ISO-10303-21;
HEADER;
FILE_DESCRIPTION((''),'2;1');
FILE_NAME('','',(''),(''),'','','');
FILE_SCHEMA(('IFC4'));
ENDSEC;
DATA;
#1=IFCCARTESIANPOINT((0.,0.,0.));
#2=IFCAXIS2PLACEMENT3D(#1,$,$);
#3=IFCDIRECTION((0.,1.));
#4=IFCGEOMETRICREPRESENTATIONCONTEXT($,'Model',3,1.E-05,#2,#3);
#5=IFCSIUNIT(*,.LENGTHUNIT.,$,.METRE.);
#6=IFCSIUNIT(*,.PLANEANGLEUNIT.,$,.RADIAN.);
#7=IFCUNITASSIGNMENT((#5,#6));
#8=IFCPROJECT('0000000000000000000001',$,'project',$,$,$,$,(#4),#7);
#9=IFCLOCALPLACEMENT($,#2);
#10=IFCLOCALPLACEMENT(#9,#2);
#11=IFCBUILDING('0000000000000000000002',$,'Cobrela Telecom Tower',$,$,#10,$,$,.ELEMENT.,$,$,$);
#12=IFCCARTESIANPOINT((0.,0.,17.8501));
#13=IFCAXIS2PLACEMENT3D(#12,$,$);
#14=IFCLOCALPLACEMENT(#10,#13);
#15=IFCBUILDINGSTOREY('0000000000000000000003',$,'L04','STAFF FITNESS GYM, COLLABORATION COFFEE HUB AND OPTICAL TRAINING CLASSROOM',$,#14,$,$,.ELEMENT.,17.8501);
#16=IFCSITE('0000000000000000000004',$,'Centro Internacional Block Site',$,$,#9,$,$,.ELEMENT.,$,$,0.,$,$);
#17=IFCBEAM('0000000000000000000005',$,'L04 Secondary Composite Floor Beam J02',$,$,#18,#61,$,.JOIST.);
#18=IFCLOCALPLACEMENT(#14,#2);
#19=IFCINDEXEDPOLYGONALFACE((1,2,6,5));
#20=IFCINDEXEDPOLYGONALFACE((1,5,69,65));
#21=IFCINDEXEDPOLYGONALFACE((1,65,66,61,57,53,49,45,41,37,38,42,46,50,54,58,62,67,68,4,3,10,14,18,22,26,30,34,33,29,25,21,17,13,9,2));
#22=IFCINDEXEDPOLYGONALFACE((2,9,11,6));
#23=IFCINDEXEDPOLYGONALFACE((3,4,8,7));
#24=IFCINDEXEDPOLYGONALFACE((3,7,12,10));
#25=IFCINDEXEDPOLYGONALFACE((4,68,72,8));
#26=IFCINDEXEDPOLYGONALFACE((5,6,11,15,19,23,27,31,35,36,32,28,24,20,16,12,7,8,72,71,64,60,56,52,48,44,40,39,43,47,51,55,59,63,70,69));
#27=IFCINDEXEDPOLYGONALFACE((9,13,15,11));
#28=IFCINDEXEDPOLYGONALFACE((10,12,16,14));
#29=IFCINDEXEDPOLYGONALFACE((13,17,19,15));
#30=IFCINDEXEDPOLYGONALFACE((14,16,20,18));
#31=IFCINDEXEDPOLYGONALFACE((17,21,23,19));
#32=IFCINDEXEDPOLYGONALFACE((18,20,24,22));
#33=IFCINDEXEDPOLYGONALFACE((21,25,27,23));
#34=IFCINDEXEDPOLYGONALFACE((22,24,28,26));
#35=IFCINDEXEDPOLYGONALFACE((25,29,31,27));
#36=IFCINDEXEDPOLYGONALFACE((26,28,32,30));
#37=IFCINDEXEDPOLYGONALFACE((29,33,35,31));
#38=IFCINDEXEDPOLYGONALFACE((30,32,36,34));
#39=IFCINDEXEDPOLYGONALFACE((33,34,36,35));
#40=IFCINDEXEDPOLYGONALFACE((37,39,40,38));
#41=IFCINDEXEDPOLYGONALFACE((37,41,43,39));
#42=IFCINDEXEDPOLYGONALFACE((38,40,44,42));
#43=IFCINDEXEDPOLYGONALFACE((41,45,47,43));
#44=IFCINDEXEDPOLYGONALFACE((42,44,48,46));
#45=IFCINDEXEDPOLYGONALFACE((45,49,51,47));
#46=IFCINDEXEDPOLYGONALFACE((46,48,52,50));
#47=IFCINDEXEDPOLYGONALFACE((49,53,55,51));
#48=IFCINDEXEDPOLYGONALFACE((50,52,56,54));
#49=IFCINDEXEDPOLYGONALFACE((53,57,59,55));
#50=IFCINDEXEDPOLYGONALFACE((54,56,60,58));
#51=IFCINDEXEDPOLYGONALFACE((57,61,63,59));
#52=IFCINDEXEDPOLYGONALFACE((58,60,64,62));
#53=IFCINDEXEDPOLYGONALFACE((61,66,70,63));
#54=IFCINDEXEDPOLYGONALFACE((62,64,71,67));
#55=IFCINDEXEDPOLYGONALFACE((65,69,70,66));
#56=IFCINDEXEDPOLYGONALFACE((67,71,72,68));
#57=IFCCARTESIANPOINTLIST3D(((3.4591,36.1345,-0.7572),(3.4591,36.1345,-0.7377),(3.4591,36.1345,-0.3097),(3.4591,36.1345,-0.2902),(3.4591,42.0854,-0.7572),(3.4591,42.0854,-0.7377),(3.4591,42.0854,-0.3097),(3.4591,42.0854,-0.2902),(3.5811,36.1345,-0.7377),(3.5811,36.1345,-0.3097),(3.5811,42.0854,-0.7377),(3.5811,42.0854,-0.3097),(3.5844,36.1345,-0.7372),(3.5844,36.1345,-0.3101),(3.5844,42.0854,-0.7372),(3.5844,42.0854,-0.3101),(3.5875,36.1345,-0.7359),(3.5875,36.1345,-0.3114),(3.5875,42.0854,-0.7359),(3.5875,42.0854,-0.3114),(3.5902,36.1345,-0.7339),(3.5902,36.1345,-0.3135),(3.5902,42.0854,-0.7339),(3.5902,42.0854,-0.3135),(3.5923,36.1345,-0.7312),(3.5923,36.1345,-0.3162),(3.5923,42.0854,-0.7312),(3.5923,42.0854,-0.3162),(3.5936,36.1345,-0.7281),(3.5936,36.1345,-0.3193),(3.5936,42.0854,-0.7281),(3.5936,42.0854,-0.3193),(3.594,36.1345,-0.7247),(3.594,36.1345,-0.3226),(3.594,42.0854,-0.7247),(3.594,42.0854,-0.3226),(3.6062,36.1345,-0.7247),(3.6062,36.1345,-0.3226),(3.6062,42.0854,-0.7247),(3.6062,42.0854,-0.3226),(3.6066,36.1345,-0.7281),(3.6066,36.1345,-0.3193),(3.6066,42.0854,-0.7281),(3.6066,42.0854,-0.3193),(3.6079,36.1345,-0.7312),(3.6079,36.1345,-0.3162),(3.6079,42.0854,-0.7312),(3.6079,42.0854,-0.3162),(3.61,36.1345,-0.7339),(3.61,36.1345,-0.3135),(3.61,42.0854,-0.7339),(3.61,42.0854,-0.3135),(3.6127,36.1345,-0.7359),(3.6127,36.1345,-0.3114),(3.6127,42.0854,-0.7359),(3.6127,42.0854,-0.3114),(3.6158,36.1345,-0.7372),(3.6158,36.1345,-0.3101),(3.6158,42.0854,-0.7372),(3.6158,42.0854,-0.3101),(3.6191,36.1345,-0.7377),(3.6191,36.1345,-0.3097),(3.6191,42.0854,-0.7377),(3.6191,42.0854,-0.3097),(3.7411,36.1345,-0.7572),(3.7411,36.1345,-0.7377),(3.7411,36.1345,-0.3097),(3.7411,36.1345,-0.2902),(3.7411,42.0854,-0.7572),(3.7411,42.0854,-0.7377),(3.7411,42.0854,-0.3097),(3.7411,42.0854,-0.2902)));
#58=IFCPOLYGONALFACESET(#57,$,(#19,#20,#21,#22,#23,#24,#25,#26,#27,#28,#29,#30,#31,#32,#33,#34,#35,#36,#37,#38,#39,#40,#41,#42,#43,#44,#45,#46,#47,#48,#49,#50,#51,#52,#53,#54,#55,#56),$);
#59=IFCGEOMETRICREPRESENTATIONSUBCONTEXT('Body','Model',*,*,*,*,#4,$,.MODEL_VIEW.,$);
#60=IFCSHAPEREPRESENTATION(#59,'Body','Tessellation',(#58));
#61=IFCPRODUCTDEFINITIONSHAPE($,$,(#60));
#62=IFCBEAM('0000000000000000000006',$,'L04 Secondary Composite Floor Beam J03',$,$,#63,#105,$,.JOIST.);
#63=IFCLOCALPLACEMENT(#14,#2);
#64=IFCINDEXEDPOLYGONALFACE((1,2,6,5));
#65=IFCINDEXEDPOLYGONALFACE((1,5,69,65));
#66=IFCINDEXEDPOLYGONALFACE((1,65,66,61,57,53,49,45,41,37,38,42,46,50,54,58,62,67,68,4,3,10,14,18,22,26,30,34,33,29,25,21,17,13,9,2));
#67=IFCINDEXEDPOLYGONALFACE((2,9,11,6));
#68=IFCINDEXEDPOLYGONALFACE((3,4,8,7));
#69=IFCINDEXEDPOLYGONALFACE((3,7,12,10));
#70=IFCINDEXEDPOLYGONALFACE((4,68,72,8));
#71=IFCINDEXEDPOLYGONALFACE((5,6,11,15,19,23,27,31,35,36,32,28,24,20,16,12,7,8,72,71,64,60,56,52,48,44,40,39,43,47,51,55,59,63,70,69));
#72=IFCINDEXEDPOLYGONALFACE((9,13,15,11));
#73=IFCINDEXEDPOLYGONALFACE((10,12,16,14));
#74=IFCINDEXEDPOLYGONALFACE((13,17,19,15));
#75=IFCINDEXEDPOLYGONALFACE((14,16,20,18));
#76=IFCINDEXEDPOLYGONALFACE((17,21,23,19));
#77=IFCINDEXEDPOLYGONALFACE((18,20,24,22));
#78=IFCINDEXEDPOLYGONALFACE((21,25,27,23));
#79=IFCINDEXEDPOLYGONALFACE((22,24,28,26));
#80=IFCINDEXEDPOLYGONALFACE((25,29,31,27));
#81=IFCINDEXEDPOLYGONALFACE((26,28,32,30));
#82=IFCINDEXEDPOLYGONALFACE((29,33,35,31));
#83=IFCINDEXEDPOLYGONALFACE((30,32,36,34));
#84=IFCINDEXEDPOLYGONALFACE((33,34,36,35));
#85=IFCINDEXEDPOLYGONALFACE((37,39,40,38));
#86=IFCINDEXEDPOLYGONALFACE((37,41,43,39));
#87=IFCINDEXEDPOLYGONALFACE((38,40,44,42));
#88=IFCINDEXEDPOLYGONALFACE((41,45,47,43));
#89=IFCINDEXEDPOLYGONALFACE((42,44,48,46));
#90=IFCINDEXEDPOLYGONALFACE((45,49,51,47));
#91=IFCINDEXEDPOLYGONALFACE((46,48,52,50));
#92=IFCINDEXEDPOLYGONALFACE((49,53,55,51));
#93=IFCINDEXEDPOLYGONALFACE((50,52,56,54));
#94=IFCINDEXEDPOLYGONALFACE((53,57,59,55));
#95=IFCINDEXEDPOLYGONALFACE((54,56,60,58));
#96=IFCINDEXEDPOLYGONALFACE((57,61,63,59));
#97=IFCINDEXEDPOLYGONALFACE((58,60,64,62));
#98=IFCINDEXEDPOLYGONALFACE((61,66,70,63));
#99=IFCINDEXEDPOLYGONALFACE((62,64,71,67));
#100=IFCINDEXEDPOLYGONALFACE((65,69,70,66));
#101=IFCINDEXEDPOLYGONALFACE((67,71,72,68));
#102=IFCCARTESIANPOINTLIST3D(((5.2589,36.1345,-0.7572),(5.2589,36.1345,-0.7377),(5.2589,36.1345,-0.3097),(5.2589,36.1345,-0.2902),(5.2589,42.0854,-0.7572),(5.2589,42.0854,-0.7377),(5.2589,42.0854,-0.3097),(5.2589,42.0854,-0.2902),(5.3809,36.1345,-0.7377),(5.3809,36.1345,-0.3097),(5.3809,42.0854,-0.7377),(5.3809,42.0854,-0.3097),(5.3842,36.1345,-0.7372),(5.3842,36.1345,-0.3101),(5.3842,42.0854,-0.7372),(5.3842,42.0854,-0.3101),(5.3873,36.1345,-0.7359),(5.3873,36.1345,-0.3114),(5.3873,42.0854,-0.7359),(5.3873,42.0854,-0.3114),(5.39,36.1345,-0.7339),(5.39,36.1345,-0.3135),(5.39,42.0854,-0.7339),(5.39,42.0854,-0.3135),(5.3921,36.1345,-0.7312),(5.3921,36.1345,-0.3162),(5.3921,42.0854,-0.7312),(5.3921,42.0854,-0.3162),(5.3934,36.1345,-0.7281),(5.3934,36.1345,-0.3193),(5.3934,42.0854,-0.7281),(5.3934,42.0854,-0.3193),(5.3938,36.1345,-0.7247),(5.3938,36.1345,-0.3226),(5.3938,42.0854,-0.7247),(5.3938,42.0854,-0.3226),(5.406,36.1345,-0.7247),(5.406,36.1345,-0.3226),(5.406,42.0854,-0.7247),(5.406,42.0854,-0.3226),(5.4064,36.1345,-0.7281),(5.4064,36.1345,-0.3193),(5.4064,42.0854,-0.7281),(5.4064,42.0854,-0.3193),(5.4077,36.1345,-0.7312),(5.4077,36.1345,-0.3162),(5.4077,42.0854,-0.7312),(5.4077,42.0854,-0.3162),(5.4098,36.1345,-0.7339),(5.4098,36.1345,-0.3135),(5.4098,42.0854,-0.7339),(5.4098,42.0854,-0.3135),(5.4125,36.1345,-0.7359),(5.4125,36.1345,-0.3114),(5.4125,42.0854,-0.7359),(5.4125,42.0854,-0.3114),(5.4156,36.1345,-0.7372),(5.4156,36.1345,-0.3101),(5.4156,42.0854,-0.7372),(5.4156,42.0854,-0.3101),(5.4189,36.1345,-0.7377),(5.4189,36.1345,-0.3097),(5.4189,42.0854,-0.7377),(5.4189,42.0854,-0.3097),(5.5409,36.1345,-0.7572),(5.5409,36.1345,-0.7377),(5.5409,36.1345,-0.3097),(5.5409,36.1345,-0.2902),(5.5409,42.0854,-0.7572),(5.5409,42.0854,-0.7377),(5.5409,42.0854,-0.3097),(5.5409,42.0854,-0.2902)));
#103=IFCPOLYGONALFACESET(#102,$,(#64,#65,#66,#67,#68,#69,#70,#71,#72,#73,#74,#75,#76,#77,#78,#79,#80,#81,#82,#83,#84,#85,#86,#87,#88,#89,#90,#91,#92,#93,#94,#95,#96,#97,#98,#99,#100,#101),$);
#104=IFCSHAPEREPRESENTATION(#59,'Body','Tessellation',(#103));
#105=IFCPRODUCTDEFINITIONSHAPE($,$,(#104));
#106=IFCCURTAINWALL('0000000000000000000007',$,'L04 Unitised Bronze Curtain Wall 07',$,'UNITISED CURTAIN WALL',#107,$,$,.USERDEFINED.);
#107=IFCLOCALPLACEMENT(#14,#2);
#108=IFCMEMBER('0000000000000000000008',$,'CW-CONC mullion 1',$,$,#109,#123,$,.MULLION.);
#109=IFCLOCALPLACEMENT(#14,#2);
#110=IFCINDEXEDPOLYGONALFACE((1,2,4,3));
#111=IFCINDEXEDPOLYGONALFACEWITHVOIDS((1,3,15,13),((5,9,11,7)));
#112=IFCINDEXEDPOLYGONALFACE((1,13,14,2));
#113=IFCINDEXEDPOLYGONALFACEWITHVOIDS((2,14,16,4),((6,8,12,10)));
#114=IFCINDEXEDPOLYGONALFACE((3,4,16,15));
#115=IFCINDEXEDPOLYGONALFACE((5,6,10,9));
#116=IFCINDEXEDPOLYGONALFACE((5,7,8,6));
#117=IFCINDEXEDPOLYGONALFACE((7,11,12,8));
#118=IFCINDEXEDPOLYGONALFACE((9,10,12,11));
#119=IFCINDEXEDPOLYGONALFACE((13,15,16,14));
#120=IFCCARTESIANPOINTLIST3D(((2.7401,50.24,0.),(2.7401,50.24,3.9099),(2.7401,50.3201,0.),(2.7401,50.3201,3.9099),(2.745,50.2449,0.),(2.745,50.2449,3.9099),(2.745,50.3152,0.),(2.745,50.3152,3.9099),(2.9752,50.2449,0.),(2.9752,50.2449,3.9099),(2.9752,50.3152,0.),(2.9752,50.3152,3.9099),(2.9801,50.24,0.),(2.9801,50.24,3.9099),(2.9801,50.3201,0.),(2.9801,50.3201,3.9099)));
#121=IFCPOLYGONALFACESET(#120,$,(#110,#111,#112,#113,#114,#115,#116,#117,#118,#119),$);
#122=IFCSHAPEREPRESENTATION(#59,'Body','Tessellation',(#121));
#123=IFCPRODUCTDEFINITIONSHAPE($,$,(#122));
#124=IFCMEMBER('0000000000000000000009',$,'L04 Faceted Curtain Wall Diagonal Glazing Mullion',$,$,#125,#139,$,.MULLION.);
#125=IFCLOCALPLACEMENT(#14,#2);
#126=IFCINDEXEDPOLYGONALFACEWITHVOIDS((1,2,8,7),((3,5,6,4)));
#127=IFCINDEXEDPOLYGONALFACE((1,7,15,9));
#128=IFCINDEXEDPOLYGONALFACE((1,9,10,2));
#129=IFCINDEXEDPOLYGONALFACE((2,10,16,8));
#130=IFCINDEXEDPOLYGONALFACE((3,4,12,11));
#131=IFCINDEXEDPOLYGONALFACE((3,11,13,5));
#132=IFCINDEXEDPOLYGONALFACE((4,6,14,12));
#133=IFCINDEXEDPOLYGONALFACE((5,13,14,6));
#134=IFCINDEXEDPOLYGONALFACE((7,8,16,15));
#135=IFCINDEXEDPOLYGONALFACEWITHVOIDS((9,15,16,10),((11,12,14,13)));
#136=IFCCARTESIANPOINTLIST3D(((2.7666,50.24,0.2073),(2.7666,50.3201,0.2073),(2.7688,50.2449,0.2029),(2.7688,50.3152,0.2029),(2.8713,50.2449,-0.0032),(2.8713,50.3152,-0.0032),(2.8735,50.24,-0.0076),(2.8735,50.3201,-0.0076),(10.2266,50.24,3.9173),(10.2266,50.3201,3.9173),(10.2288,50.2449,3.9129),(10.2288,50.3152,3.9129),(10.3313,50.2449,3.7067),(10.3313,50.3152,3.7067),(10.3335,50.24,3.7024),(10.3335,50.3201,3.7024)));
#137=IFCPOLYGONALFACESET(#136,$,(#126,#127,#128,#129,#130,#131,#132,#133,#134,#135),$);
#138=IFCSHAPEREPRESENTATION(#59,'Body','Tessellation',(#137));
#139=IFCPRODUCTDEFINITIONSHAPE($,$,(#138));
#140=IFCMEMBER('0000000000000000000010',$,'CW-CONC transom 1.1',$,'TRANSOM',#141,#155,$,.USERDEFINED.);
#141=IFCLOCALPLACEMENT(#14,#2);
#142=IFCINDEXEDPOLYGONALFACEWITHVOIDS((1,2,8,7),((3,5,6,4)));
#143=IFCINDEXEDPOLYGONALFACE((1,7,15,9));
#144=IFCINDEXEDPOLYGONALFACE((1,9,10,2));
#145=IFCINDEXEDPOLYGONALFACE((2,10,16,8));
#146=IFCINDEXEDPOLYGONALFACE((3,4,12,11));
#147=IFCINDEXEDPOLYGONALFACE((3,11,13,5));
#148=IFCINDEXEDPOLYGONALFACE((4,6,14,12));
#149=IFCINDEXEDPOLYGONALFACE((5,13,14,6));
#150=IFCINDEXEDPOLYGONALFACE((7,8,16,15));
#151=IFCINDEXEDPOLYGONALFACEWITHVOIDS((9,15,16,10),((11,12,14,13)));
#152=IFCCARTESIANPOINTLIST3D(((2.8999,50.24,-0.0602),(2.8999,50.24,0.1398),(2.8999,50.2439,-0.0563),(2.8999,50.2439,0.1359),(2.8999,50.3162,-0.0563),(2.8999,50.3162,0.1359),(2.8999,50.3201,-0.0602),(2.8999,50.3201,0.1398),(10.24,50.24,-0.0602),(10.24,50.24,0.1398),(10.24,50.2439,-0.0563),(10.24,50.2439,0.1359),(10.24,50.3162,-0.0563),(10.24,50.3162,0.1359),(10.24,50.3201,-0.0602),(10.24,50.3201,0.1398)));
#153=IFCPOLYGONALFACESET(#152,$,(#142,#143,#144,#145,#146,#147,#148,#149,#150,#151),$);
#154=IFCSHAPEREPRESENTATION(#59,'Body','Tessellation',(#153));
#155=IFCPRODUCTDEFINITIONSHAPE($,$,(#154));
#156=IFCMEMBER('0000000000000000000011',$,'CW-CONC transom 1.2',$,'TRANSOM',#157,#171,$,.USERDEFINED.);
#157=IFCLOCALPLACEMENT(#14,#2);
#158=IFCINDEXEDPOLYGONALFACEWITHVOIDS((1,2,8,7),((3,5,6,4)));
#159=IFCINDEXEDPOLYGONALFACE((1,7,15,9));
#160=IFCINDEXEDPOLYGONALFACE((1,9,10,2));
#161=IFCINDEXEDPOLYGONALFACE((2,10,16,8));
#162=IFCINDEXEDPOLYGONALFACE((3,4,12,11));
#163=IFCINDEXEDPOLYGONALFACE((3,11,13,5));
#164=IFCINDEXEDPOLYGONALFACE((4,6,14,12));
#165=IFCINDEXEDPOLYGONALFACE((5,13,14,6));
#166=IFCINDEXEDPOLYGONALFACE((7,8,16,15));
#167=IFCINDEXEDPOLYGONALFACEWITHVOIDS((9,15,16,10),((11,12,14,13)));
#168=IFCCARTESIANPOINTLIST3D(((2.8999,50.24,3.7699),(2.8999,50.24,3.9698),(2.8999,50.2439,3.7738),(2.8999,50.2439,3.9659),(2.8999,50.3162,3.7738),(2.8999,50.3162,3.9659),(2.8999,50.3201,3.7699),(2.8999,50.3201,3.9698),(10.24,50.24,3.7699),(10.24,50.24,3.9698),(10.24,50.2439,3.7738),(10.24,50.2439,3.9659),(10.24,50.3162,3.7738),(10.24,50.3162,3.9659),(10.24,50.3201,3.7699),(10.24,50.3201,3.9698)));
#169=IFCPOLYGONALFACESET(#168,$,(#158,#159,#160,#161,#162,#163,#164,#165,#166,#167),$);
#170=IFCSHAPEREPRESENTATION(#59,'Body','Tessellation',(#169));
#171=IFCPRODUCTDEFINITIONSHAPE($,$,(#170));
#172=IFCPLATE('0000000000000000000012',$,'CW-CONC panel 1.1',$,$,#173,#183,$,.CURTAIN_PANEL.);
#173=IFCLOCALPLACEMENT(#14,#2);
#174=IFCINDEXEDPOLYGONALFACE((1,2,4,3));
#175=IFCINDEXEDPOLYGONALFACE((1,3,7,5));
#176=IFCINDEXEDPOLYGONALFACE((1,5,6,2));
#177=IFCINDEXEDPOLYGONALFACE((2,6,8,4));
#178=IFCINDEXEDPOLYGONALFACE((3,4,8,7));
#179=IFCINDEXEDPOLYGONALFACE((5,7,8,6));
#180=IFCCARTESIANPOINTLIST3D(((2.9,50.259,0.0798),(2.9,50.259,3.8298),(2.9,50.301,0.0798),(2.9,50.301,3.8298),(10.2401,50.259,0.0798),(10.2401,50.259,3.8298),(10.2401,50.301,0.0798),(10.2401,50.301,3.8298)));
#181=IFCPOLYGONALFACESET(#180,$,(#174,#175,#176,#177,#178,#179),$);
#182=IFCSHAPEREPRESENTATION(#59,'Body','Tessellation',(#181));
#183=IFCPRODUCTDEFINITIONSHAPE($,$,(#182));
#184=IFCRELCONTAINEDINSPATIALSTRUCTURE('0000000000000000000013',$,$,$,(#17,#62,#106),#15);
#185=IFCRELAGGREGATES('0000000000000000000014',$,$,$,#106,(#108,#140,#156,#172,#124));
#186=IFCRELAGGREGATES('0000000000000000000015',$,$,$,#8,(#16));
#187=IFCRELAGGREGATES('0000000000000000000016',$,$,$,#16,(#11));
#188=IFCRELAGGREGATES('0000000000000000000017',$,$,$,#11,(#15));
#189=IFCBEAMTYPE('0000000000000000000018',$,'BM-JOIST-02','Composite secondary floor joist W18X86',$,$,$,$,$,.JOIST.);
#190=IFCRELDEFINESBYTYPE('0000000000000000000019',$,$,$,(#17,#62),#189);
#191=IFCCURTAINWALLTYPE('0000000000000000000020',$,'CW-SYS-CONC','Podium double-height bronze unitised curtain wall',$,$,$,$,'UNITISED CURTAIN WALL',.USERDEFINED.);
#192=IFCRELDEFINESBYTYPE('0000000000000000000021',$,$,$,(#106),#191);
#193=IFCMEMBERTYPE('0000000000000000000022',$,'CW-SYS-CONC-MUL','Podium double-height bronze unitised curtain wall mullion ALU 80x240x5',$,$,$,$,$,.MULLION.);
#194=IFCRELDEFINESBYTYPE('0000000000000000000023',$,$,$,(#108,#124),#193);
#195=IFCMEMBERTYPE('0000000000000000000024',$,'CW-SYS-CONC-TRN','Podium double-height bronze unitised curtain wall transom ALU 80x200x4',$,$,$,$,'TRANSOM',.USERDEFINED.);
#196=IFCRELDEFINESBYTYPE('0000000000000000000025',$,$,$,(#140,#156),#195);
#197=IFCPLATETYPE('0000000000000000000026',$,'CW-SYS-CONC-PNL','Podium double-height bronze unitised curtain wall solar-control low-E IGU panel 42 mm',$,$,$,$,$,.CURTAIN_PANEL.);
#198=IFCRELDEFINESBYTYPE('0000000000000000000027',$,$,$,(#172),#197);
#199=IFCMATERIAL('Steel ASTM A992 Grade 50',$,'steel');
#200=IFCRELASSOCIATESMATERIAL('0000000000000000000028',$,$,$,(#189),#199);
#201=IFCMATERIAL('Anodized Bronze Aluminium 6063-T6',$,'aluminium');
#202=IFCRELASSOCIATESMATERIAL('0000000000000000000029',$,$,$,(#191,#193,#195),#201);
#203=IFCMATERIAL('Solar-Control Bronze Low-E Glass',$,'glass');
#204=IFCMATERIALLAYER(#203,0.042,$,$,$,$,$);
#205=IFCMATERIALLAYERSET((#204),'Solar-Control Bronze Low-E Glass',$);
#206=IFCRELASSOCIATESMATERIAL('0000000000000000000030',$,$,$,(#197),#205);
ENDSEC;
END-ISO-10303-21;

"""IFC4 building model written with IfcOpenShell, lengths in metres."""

from ifc_helpers import new_model, si_unit, direction, frame, origin, origin_2d, place, context, subcontext, project, spatial, rectangle, hollow_rectangle, i_section, extrude, material, layer, layer_set, material_profile, profile_set, type_object, element, aggregate, save


model = new_model("IFC4")

# Units and contexts
model_context = context("Model", 3, precision=1e-05, world=origin(), true_north=direction((0.0, 1.0)))
body_context = subcontext(model_context, "Body", "Model", "MODEL_VIEW")
ifc_project = project(units=[si_unit("LENGTHUNIT", "METRE"), si_unit("PLANEANGLEUNIT", "RADIAN")], contexts=[model_context])

# Site, building, storey
site_placement = place(None, origin())
site = spatial("IfcSite", under=ifc_project, at=site_placement, Name="Centro Internacional Block Site", CompositionType="ELEMENT", RefElevation=0.0)
building_placement = place(site_placement, origin())
building = spatial("IfcBuilding", under=site, at=building_placement, Name="Cobrela Telecom Tower", CompositionType="ELEMENT")
storey_placement = place(building_placement, frame((0.0, 0.0, 17.8501)))
storey = spatial("IfcBuildingStorey", under=building, at=storey_placement, Name="L04", Description="STAFF FITNESS GYM, COLLABORATION COFFEE HUB AND OPTICAL TRAINING CLASSROOM", CompositionType="ELEMENT", Elevation=17.8501)

# Beams
ifc_material_1 = material(Name="Steel ASTM A992 Grade 50", Category="steel")
ifc_material_profile_1 = material_profile(ifc_material_1, i_section(OverallWidth=0.282, OverallDepth=0.467, WebThickness=0.0122, FlangeThickness=0.0195, FilletRadius=0.0129, at=origin_2d()), Name="W18X86")
ifc_profile_set_1 = profile_set([ifc_material_profile_1], Name="Steel ASTM A992 Grade 50")
beam_type_1 = type_object("IfcBeamType", Name="BM-JOIST-02", Description="Composite secondary floor joist W18X86", PredefinedType="JOIST", material=ifc_profile_set_1)
for number, where, z_axis, x_axis, name in (
    (1, (3.6001, 36.1345, -0.5237), (0.0, 1.0, 0.0), (-1.0, 0.0, 0.0), "L04 Secondary Composite Floor Beam J02"),
    (2, (5.3999, 36.1345, -0.5237), (0.0, 1.0, 0.0), (-1.0, 0.0, 0.0), "L04 Secondary Composite Floor Beam J03"),
):
    element("IfcBeam", number, at=place(storey_placement, frame(where, z_axis=z_axis, x_axis=x_axis)), inside=storey, type_object=beam_type_1, Name=name, PredefinedType="JOIST", context=body_context, shape_type="SweptSolid", body=[
        extrude(i_section(OverallWidth=0.282, OverallDepth=0.467, WebThickness=0.0122, FlangeThickness=0.0195, FilletRadius=0.0129, at=origin_2d()), origin(), (0.0, 0.0, 1.0), 5.9509),
    ])

# Curtain wall, members, plate
ifc_material_2 = material(Name="Anodized Bronze Aluminium 6063-T6", Category="aluminium")
curtain_wall_type = type_object("IfcCurtainWallType", Name="CW-SYS-CONC", Description="Podium double-height bronze unitised curtain wall", ElementType="UNITISED CURTAIN WALL", PredefinedType="USERDEFINED", material=ifc_material_2)
curtain_wall_placement = place(storey_placement, origin())
curtain_wall = element("IfcCurtainWall", 3, at=curtain_wall_placement, inside=storey, type_object=curtain_wall_type, Name="L04 Unitised Bronze Curtain Wall 07", ObjectType="UNITISED CURTAIN WALL", PredefinedType="USERDEFINED")
ifc_material_profile_2 = material_profile(ifc_material_2, hollow_rectangle(XDim=0.0801, YDim=0.24, WallThickness=0.0049, at=origin_2d()), Name="ALU 80x240x5")
ifc_profile_set_2 = profile_set([ifc_material_profile_2], Name="Anodized Bronze Aluminium 6063-T6")
member_type_1 = type_object("IfcMemberType", Name="CW-SYS-CONC-MUL", Description="Podium double-height bronze unitised curtain wall mullion ALU 80x240x5", PredefinedType="MULLION", material=ifc_profile_set_2)
member_1_placement = place(storey_placement, frame((2.8601, 50.28, 0.0), z_axis=(0.0, 0.0, 1.0), x_axis=(0.0, 1.0, 0.0)))
member_1 = element("IfcMember", 4, at=member_1_placement, type_object=member_type_1, Name="CW-CONC mullion 1", PredefinedType="MULLION", context=body_context, shape_type="SweptSolid", body=[
    extrude(hollow_rectangle(XDim=0.0801, YDim=0.24, WallThickness=0.0049, at=origin_2d()), origin(), (0.0, 0.0, 1.0), 3.9099),
])
member_2_placement = place(storey_placement, frame((2.8201, 50.28, 0.0999), z_axis=(0.895386, 0.0, 0.44529), x_axis=(0.0, 1.0, 0.0)))
member_2 = element("IfcMember", 5, at=member_2_placement, type_object=member_type_1, Name="L04 Faceted Curtain Wall Diagonal Glazing Mullion", PredefinedType="MULLION", context=body_context, shape_type="SweptSolid", body=[
    extrude(hollow_rectangle(XDim=0.0801, YDim=0.24, WallThickness=0.0049, at=origin_2d()), origin(), (0.0, 0.0, 1.0), 8.3315),
])
ifc_material_profile_3 = material_profile(ifc_material_2, hollow_rectangle(XDim=0.0801, YDim=0.2, WallThickness=0.0039, at=origin_2d()), Name="ALU 80x200x4")
ifc_profile_set_3 = profile_set([ifc_material_profile_3], Name="Anodized Bronze Aluminium 6063-T6")
member_type_2 = type_object("IfcMemberType", Name="CW-SYS-CONC-TRN", Description="Podium double-height bronze unitised curtain wall transom ALU 80x200x4", ElementType="TRANSOM", PredefinedType="USERDEFINED", material=ifc_profile_set_3)
member_3_placement = place(storey_placement, frame((2.8999, 50.28, 0.0398), z_axis=(1.0, 0.0, 0.0), x_axis=(0.0, 1.0, 0.0)))
member_3 = element("IfcMember", 6, at=member_3_placement, type_object=member_type_2, Name="CW-CONC transom 1.1", ObjectType="TRANSOM", PredefinedType="USERDEFINED", context=body_context, shape_type="SweptSolid", body=[
    extrude(hollow_rectangle(XDim=0.0801, YDim=0.2, WallThickness=0.0039, at=origin_2d()), origin(), (0.0, 0.0, 1.0), 7.3401),
])
member_4_placement = place(storey_placement, frame((2.8999, 50.28, 3.8699), z_axis=(1.0, 0.0, 0.0), x_axis=(0.0, 1.0, 0.0)))
member_4 = element("IfcMember", 7, at=member_4_placement, type_object=member_type_2, Name="CW-CONC transom 1.2", ObjectType="TRANSOM", PredefinedType="USERDEFINED", context=body_context, shape_type="SweptSolid", body=[
    extrude(hollow_rectangle(XDim=0.0801, YDim=0.2, WallThickness=0.0039, at=origin_2d()), origin(), (0.0, 0.0, 1.0), 7.3401),
])
ifc_material_3 = material(Name="Solar-Control Bronze Low-E Glass", Category="glass")
ifc_layer_1 = layer(ifc_material_3, 0.042)
ifc_layer_set_1 = layer_set([ifc_layer_1], Name="Solar-Control Bronze Low-E Glass")
plate_type = type_object("IfcPlateType", Name="CW-SYS-CONC-PNL", Description="Podium double-height bronze unitised curtain wall solar-control low-E IGU panel 42 mm", PredefinedType="CURTAIN_PANEL", material=ifc_layer_set_1)
plate_placement = place(storey_placement, frame((6.5701, 50.28, 0.0798), z_axis=(0.0, 0.0, 1.0), x_axis=(1.0, 0.0, 0.0)))
plate = element("IfcPlate", 8, at=plate_placement, type_object=plate_type, Name="CW-CONC panel 1.1", PredefinedType="CURTAIN_PANEL", context=body_context, shape_type="SweptSolid", body=[
    extrude(rectangle(XDim=7.3401, YDim=0.042, at=origin_2d()), origin(), (0.0, 0.0, 1.0), 3.75),
])
aggregate(curtain_wall, [member_1, member_3, member_4, plate, member_2])

save(model, "model.ifc")
